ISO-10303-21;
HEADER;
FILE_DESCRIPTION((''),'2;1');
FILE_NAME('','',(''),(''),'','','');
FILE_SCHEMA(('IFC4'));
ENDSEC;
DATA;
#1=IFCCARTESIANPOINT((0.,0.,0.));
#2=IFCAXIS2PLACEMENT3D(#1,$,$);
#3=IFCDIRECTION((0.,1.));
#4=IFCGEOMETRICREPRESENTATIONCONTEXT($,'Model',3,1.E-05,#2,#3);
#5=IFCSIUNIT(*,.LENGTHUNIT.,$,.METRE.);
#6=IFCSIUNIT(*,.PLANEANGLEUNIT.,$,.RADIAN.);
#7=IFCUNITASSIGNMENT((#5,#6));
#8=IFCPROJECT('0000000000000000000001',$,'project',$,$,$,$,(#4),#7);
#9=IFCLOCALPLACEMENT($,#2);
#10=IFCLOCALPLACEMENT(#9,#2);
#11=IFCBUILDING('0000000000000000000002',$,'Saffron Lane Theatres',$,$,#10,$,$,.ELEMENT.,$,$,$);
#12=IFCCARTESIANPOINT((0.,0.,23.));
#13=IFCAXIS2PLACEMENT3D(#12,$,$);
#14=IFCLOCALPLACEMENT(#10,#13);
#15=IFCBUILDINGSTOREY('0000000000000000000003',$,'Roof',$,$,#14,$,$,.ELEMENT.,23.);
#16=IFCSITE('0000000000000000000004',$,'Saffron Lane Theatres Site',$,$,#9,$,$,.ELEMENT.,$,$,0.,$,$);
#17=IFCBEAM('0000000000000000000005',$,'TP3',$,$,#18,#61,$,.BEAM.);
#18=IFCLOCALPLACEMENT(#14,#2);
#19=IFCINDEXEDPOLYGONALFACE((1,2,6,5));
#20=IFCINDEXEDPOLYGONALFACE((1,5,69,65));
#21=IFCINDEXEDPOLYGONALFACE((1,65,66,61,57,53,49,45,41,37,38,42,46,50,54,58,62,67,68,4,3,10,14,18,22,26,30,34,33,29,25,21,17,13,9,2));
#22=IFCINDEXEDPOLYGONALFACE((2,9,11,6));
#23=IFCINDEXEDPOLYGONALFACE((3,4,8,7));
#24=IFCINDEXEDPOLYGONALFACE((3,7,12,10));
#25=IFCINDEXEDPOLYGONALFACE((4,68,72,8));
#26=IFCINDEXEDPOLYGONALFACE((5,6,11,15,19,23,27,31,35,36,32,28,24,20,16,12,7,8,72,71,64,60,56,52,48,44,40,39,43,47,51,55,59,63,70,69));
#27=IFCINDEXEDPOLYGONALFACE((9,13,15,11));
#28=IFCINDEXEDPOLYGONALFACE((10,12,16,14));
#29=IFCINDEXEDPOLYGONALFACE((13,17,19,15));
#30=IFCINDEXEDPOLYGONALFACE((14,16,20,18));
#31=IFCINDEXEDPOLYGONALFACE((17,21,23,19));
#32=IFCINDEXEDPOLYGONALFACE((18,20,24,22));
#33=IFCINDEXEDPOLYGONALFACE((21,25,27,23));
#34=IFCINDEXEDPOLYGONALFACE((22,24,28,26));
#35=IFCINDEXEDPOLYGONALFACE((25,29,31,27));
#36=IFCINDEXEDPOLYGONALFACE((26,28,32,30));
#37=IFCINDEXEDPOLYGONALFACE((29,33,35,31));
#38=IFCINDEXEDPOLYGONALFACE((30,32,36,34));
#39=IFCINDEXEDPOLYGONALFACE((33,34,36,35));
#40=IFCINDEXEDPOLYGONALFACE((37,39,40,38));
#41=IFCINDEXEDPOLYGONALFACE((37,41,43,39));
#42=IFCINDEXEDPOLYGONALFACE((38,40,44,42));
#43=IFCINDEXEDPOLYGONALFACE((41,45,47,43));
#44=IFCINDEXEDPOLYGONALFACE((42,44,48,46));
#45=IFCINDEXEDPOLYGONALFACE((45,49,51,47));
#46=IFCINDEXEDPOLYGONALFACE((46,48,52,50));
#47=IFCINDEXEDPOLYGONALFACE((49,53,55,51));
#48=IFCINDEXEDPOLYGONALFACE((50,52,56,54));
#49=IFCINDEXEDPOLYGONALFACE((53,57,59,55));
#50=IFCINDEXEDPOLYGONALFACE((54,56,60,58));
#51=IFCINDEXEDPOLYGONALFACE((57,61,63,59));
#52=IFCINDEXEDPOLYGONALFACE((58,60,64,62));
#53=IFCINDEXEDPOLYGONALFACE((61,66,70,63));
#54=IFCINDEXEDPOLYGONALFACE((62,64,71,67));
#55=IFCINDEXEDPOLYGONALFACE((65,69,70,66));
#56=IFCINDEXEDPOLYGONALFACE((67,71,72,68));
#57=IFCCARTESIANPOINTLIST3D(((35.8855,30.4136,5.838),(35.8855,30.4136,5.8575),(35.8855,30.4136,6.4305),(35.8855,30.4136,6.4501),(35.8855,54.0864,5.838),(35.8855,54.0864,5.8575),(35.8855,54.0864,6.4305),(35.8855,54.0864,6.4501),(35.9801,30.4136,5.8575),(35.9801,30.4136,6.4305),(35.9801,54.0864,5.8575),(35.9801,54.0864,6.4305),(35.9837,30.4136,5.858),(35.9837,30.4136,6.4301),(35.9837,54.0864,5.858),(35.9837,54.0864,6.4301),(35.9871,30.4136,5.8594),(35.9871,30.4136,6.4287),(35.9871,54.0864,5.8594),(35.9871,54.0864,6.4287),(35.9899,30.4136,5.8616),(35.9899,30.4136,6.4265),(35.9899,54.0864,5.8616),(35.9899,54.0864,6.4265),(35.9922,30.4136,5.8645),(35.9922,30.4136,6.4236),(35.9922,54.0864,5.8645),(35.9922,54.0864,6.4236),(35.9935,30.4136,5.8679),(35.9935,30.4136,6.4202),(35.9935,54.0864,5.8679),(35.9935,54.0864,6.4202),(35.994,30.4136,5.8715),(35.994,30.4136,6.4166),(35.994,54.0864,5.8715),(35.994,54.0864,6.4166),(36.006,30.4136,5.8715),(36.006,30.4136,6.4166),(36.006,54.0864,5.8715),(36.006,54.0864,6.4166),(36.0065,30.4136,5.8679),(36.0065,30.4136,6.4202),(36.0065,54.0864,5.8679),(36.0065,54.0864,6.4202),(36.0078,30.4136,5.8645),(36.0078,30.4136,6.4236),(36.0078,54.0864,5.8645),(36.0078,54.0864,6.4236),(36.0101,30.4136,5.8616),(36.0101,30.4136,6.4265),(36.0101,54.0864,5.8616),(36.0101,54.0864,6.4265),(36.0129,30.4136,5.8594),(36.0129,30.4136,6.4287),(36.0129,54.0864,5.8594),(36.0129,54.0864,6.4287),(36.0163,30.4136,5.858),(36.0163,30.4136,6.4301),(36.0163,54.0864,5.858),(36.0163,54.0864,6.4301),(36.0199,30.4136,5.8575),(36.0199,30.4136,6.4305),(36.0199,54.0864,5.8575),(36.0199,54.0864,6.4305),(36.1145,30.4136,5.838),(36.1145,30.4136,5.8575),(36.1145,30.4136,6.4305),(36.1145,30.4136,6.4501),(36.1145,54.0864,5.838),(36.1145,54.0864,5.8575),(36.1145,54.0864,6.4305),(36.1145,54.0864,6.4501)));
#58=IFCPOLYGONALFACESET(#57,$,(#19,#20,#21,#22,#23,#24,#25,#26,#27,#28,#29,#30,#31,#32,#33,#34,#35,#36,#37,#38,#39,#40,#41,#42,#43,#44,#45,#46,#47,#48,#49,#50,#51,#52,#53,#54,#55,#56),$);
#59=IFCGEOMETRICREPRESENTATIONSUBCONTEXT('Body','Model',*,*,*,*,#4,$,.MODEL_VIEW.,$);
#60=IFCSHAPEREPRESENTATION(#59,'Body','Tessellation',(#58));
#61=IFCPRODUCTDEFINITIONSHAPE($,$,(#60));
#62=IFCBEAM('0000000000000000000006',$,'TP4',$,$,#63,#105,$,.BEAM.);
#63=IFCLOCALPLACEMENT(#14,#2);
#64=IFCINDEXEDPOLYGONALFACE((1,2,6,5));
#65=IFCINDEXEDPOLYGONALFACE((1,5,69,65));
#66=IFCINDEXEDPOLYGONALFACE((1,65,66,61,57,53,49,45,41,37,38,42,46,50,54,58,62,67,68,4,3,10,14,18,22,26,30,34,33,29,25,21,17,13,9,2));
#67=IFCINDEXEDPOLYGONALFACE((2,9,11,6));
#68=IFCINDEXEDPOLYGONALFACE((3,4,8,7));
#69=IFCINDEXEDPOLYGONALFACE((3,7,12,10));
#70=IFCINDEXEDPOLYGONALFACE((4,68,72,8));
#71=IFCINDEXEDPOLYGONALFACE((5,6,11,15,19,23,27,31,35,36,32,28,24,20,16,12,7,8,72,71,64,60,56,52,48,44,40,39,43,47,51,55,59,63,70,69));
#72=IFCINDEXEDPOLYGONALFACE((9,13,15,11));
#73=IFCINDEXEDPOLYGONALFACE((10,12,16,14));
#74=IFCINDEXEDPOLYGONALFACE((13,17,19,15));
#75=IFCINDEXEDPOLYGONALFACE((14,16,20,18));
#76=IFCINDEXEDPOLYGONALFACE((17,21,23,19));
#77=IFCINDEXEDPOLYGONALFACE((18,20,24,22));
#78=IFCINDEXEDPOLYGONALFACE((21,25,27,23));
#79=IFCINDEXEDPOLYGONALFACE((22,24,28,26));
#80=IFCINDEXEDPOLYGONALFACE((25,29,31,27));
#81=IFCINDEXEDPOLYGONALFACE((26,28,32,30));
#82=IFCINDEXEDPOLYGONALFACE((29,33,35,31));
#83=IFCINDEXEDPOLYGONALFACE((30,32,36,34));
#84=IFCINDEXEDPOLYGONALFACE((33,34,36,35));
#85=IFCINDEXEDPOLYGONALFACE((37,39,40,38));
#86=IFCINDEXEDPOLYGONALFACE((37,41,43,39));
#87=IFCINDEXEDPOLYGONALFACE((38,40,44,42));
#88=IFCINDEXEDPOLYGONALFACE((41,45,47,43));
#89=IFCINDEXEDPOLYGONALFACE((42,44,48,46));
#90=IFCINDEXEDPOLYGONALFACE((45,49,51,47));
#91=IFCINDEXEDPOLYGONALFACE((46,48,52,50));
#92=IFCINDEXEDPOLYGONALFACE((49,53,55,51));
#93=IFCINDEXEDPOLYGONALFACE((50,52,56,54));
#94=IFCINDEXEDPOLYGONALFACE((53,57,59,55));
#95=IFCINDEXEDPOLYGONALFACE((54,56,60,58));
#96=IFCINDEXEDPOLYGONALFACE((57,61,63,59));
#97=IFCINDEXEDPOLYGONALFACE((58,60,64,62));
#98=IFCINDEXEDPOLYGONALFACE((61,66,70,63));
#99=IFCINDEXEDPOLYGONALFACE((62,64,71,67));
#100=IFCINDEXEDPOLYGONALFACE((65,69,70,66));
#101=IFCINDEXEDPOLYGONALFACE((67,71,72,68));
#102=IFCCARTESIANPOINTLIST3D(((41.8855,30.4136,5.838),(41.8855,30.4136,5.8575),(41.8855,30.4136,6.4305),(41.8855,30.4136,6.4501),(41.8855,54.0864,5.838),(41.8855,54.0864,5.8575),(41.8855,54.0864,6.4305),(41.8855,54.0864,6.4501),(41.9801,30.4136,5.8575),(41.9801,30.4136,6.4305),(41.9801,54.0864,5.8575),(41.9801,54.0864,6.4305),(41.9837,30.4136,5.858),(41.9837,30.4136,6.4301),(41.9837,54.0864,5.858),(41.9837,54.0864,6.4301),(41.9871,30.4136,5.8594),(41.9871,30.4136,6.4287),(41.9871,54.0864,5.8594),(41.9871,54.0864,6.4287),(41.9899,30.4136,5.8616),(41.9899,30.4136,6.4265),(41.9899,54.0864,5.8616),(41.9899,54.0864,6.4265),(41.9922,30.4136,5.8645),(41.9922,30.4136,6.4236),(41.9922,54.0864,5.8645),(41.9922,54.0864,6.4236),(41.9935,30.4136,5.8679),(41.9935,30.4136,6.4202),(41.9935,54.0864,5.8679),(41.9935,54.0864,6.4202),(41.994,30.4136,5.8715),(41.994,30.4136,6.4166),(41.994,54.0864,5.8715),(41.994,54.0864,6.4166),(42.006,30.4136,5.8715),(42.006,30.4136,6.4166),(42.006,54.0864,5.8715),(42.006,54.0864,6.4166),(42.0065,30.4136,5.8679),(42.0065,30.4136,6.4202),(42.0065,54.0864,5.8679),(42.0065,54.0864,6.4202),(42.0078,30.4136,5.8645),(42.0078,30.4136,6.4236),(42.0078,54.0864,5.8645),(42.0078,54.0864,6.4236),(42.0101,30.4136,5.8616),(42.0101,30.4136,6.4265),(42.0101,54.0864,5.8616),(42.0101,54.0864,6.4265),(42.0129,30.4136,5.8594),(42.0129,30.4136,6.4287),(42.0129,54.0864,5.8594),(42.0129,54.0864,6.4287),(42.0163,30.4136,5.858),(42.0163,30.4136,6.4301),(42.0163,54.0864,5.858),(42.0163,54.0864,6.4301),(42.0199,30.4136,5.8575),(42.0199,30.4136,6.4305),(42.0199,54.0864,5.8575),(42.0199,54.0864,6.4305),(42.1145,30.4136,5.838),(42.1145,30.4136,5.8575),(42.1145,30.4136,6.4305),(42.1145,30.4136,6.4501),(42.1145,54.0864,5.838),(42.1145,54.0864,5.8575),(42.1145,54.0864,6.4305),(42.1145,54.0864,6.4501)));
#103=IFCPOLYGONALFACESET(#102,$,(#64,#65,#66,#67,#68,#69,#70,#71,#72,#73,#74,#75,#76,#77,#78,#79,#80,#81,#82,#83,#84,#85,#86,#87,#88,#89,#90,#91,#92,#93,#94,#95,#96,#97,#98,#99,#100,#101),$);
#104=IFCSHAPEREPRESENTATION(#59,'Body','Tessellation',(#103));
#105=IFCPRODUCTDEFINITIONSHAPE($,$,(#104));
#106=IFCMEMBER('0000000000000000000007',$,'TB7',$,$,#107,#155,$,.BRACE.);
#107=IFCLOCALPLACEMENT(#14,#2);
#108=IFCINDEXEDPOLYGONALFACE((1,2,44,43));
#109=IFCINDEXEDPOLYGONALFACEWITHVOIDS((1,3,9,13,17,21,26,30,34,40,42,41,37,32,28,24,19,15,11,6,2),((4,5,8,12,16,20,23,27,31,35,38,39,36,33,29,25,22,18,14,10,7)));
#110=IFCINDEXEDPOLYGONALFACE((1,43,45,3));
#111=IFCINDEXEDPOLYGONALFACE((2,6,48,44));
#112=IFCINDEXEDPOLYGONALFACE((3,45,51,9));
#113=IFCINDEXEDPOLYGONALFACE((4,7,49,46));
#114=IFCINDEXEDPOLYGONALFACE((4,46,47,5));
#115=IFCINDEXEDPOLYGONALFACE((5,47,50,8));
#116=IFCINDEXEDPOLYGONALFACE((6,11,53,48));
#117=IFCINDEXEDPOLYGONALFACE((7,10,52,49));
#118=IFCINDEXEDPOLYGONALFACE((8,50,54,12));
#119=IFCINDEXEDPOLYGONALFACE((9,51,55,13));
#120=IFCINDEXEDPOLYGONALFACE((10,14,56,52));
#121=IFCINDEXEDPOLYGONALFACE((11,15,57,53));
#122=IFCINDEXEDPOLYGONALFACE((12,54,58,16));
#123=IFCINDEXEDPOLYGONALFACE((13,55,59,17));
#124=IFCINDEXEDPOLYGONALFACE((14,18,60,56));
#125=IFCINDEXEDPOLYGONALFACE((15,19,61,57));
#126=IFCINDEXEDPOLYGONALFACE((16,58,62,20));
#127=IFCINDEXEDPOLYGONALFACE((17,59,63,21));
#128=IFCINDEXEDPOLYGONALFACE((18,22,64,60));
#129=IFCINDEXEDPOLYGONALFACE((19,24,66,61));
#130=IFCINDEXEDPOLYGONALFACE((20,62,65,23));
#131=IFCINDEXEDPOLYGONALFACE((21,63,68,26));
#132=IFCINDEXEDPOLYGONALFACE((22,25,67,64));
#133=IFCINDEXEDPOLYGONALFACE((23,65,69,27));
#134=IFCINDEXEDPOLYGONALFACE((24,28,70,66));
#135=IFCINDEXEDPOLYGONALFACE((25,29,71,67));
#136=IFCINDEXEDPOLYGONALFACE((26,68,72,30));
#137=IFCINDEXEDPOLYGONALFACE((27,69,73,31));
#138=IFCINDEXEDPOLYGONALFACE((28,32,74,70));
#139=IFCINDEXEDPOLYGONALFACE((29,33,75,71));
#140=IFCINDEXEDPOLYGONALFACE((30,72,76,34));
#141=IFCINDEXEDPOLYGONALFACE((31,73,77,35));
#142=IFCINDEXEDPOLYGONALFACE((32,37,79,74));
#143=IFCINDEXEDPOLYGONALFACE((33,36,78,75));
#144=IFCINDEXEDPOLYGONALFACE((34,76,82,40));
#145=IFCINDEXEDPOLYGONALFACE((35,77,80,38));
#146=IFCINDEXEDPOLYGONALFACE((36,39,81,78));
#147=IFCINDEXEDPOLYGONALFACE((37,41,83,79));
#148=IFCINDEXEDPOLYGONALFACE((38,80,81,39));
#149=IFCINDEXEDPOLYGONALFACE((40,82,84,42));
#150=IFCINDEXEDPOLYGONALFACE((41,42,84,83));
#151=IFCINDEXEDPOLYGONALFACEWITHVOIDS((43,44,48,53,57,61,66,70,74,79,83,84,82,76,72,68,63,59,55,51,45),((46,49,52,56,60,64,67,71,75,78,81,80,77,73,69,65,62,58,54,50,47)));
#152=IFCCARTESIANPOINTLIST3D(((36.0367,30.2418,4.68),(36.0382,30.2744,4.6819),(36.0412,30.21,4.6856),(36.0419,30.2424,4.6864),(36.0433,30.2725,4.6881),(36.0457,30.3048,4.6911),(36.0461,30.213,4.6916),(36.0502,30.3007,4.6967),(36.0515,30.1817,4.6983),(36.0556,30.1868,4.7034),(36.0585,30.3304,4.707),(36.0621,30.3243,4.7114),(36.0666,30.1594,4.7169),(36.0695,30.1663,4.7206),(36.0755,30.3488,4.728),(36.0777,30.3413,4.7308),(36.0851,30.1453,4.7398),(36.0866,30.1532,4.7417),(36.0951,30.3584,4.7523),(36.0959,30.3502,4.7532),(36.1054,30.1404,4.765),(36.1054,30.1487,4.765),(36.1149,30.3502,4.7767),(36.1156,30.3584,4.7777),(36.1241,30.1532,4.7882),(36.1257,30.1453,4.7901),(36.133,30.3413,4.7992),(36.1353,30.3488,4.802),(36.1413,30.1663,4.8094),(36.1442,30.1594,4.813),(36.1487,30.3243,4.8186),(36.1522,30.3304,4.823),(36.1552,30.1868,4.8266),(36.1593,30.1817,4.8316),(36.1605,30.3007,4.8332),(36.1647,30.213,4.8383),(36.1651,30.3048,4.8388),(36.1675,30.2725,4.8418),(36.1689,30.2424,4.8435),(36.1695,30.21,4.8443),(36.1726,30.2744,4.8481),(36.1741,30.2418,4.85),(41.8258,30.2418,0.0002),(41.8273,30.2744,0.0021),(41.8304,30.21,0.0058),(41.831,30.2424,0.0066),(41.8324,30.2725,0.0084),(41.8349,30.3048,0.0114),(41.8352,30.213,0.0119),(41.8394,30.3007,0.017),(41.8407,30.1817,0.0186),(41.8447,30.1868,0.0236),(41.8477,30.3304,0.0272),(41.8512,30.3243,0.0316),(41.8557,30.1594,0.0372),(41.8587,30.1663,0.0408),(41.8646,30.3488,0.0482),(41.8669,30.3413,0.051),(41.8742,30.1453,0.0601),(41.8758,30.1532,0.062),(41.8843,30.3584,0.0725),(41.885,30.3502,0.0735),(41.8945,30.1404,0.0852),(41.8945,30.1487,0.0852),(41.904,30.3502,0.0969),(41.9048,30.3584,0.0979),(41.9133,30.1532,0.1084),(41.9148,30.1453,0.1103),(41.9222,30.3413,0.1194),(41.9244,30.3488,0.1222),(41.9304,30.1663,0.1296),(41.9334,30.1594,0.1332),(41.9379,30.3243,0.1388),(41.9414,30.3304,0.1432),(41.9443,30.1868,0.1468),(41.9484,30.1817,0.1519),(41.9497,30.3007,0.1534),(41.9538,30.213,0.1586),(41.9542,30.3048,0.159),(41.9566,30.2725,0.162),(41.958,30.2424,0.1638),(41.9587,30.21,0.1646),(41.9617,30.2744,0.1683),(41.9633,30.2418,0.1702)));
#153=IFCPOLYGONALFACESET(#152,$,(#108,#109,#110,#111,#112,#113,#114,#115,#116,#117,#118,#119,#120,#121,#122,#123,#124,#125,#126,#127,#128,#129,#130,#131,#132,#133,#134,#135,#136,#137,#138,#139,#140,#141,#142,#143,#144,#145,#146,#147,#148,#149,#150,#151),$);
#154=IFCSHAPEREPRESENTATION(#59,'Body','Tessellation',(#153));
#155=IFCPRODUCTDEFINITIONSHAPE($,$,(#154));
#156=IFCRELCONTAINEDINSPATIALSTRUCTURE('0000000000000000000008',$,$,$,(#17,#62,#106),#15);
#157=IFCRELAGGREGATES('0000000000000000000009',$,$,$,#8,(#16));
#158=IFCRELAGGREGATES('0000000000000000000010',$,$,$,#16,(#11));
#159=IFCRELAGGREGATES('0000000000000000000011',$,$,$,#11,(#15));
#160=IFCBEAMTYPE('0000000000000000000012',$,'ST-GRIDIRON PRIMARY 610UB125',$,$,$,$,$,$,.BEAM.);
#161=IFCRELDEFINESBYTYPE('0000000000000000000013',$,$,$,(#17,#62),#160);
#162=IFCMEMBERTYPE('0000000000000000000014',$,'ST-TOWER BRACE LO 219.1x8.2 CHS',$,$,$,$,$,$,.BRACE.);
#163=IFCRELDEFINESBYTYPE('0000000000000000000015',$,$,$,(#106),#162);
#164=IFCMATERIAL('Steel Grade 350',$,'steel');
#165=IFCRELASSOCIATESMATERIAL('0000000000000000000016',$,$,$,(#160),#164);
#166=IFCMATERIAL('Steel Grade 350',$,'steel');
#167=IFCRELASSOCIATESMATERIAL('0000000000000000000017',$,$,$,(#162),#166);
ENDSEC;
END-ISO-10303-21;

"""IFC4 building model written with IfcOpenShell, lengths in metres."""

from ifc_helpers import new_model, si_unit, direction, frame, origin, origin_2d, place, context, subcontext, project, spatial, hollow_circle, i_section, extrude, material, material_profile, profile_set, type_object, element, save


model = new_model("IFC4")

# Units and contexts
model_context = context("Model", 3, precision=1e-05, world=origin(), true_north=direction((0.0, 1.0)))
body_context = subcontext(model_context, "Body", "Model", "MODEL_VIEW")
ifc_project = project(units=[si_unit("LENGTHUNIT", "METRE"), si_unit("PLANEANGLEUNIT", "RADIAN")], contexts=[model_context])

# Site, building, storey
site_placement = place(None, origin())
site = spatial("IfcSite", under=ifc_project, at=site_placement, Name="Saffron Lane Theatres Site", CompositionType="ELEMENT", RefElevation=0.0)
building_placement = place(site_placement, origin())
building = spatial("IfcBuilding", under=site, at=building_placement, Name="Saffron Lane Theatres", CompositionType="ELEMENT")
storey_placement = place(building_placement, frame((0.0, 0.0, 23.0)))
storey = spatial("IfcBuildingStorey", under=building, at=storey_placement, Name="Roof", CompositionType="ELEMENT", Elevation=23.0)

# Beams
ifc_material_1 = material(Name="Steel Grade 350", Category="steel")
ifc_material_profile_1 = material_profile(ifc_material_1, i_section(OverallWidth=0.229, OverallDepth=0.6121, WebThickness=0.012, FlangeThickness=0.0195, FilletRadius=0.0139, at=origin_2d()))
ifc_profile_set_1 = profile_set([ifc_material_profile_1], Name="Steel Grade 350")
beam_type_1 = type_object("IfcBeamType", Name="ST-GRIDIRON PRIMARY 610UB125", PredefinedType="BEAM", material=ifc_profile_set_1)
for number, where, z_axis, x_axis, name in (
    (1, (36.0, 30.4136, 6.144), (0.0, 1.0, 0.0), (-1.0, 0.0, 0.0), "TP3"),
    (2, (42.0, 30.4136, 6.144), (0.0, 1.0, 0.0), (-1.0, 0.0, 0.0), "TP4"),
):
    element("IfcBeam", number, at=place(storey_placement, frame(where, z_axis=z_axis, x_axis=x_axis)), inside=storey, type_object=beam_type_1, Name=name, PredefinedType="BEAM", context=body_context, shape_type="SweptSolid", body=[
        extrude(i_section(OverallWidth=0.229, OverallDepth=0.6121, WebThickness=0.012, FlangeThickness=0.0195, FilletRadius=0.0139, at=origin_2d()), origin(), (0.0, 0.0, 1.0), 23.6729),
    ])

# Member
ifc_material_2 = material(Name="Steel Grade 350", Category="steel")
ifc_material_profile_2 = material_profile(ifc_material_2, hollow_circle(Radius=0.1096, WallThickness=0.0083, at=origin_2d()))
ifc_profile_set_2 = profile_set([ifc_material_profile_2], Name="Steel Grade 350")
member_type = type_object("IfcMemberType", Name="ST-TOWER BRACE LO 219.1x8.2 CHS", PredefinedType="BRACE", material=ifc_profile_set_2)
member_1_placement = place(storey_placement, frame((41.8945, 30.25, 0.0852), z_axis=(-0.777685, 0.0, 0.628655), x_axis=(0.0, -1.0, 0.0)))
element("IfcMember", 3, at=member_1_placement, inside=storey, type_object=member_type, Name="TB7", PredefinedType="BRACE", context=body_context, shape_type="SweptSolid", body=[
    extrude(hollow_circle(Radius=0.1096, WallThickness=0.0083, at=origin_2d()), origin(), (0.0, 0.0, 1.0), 7.4441),
])

save(model, "model.ifc")
